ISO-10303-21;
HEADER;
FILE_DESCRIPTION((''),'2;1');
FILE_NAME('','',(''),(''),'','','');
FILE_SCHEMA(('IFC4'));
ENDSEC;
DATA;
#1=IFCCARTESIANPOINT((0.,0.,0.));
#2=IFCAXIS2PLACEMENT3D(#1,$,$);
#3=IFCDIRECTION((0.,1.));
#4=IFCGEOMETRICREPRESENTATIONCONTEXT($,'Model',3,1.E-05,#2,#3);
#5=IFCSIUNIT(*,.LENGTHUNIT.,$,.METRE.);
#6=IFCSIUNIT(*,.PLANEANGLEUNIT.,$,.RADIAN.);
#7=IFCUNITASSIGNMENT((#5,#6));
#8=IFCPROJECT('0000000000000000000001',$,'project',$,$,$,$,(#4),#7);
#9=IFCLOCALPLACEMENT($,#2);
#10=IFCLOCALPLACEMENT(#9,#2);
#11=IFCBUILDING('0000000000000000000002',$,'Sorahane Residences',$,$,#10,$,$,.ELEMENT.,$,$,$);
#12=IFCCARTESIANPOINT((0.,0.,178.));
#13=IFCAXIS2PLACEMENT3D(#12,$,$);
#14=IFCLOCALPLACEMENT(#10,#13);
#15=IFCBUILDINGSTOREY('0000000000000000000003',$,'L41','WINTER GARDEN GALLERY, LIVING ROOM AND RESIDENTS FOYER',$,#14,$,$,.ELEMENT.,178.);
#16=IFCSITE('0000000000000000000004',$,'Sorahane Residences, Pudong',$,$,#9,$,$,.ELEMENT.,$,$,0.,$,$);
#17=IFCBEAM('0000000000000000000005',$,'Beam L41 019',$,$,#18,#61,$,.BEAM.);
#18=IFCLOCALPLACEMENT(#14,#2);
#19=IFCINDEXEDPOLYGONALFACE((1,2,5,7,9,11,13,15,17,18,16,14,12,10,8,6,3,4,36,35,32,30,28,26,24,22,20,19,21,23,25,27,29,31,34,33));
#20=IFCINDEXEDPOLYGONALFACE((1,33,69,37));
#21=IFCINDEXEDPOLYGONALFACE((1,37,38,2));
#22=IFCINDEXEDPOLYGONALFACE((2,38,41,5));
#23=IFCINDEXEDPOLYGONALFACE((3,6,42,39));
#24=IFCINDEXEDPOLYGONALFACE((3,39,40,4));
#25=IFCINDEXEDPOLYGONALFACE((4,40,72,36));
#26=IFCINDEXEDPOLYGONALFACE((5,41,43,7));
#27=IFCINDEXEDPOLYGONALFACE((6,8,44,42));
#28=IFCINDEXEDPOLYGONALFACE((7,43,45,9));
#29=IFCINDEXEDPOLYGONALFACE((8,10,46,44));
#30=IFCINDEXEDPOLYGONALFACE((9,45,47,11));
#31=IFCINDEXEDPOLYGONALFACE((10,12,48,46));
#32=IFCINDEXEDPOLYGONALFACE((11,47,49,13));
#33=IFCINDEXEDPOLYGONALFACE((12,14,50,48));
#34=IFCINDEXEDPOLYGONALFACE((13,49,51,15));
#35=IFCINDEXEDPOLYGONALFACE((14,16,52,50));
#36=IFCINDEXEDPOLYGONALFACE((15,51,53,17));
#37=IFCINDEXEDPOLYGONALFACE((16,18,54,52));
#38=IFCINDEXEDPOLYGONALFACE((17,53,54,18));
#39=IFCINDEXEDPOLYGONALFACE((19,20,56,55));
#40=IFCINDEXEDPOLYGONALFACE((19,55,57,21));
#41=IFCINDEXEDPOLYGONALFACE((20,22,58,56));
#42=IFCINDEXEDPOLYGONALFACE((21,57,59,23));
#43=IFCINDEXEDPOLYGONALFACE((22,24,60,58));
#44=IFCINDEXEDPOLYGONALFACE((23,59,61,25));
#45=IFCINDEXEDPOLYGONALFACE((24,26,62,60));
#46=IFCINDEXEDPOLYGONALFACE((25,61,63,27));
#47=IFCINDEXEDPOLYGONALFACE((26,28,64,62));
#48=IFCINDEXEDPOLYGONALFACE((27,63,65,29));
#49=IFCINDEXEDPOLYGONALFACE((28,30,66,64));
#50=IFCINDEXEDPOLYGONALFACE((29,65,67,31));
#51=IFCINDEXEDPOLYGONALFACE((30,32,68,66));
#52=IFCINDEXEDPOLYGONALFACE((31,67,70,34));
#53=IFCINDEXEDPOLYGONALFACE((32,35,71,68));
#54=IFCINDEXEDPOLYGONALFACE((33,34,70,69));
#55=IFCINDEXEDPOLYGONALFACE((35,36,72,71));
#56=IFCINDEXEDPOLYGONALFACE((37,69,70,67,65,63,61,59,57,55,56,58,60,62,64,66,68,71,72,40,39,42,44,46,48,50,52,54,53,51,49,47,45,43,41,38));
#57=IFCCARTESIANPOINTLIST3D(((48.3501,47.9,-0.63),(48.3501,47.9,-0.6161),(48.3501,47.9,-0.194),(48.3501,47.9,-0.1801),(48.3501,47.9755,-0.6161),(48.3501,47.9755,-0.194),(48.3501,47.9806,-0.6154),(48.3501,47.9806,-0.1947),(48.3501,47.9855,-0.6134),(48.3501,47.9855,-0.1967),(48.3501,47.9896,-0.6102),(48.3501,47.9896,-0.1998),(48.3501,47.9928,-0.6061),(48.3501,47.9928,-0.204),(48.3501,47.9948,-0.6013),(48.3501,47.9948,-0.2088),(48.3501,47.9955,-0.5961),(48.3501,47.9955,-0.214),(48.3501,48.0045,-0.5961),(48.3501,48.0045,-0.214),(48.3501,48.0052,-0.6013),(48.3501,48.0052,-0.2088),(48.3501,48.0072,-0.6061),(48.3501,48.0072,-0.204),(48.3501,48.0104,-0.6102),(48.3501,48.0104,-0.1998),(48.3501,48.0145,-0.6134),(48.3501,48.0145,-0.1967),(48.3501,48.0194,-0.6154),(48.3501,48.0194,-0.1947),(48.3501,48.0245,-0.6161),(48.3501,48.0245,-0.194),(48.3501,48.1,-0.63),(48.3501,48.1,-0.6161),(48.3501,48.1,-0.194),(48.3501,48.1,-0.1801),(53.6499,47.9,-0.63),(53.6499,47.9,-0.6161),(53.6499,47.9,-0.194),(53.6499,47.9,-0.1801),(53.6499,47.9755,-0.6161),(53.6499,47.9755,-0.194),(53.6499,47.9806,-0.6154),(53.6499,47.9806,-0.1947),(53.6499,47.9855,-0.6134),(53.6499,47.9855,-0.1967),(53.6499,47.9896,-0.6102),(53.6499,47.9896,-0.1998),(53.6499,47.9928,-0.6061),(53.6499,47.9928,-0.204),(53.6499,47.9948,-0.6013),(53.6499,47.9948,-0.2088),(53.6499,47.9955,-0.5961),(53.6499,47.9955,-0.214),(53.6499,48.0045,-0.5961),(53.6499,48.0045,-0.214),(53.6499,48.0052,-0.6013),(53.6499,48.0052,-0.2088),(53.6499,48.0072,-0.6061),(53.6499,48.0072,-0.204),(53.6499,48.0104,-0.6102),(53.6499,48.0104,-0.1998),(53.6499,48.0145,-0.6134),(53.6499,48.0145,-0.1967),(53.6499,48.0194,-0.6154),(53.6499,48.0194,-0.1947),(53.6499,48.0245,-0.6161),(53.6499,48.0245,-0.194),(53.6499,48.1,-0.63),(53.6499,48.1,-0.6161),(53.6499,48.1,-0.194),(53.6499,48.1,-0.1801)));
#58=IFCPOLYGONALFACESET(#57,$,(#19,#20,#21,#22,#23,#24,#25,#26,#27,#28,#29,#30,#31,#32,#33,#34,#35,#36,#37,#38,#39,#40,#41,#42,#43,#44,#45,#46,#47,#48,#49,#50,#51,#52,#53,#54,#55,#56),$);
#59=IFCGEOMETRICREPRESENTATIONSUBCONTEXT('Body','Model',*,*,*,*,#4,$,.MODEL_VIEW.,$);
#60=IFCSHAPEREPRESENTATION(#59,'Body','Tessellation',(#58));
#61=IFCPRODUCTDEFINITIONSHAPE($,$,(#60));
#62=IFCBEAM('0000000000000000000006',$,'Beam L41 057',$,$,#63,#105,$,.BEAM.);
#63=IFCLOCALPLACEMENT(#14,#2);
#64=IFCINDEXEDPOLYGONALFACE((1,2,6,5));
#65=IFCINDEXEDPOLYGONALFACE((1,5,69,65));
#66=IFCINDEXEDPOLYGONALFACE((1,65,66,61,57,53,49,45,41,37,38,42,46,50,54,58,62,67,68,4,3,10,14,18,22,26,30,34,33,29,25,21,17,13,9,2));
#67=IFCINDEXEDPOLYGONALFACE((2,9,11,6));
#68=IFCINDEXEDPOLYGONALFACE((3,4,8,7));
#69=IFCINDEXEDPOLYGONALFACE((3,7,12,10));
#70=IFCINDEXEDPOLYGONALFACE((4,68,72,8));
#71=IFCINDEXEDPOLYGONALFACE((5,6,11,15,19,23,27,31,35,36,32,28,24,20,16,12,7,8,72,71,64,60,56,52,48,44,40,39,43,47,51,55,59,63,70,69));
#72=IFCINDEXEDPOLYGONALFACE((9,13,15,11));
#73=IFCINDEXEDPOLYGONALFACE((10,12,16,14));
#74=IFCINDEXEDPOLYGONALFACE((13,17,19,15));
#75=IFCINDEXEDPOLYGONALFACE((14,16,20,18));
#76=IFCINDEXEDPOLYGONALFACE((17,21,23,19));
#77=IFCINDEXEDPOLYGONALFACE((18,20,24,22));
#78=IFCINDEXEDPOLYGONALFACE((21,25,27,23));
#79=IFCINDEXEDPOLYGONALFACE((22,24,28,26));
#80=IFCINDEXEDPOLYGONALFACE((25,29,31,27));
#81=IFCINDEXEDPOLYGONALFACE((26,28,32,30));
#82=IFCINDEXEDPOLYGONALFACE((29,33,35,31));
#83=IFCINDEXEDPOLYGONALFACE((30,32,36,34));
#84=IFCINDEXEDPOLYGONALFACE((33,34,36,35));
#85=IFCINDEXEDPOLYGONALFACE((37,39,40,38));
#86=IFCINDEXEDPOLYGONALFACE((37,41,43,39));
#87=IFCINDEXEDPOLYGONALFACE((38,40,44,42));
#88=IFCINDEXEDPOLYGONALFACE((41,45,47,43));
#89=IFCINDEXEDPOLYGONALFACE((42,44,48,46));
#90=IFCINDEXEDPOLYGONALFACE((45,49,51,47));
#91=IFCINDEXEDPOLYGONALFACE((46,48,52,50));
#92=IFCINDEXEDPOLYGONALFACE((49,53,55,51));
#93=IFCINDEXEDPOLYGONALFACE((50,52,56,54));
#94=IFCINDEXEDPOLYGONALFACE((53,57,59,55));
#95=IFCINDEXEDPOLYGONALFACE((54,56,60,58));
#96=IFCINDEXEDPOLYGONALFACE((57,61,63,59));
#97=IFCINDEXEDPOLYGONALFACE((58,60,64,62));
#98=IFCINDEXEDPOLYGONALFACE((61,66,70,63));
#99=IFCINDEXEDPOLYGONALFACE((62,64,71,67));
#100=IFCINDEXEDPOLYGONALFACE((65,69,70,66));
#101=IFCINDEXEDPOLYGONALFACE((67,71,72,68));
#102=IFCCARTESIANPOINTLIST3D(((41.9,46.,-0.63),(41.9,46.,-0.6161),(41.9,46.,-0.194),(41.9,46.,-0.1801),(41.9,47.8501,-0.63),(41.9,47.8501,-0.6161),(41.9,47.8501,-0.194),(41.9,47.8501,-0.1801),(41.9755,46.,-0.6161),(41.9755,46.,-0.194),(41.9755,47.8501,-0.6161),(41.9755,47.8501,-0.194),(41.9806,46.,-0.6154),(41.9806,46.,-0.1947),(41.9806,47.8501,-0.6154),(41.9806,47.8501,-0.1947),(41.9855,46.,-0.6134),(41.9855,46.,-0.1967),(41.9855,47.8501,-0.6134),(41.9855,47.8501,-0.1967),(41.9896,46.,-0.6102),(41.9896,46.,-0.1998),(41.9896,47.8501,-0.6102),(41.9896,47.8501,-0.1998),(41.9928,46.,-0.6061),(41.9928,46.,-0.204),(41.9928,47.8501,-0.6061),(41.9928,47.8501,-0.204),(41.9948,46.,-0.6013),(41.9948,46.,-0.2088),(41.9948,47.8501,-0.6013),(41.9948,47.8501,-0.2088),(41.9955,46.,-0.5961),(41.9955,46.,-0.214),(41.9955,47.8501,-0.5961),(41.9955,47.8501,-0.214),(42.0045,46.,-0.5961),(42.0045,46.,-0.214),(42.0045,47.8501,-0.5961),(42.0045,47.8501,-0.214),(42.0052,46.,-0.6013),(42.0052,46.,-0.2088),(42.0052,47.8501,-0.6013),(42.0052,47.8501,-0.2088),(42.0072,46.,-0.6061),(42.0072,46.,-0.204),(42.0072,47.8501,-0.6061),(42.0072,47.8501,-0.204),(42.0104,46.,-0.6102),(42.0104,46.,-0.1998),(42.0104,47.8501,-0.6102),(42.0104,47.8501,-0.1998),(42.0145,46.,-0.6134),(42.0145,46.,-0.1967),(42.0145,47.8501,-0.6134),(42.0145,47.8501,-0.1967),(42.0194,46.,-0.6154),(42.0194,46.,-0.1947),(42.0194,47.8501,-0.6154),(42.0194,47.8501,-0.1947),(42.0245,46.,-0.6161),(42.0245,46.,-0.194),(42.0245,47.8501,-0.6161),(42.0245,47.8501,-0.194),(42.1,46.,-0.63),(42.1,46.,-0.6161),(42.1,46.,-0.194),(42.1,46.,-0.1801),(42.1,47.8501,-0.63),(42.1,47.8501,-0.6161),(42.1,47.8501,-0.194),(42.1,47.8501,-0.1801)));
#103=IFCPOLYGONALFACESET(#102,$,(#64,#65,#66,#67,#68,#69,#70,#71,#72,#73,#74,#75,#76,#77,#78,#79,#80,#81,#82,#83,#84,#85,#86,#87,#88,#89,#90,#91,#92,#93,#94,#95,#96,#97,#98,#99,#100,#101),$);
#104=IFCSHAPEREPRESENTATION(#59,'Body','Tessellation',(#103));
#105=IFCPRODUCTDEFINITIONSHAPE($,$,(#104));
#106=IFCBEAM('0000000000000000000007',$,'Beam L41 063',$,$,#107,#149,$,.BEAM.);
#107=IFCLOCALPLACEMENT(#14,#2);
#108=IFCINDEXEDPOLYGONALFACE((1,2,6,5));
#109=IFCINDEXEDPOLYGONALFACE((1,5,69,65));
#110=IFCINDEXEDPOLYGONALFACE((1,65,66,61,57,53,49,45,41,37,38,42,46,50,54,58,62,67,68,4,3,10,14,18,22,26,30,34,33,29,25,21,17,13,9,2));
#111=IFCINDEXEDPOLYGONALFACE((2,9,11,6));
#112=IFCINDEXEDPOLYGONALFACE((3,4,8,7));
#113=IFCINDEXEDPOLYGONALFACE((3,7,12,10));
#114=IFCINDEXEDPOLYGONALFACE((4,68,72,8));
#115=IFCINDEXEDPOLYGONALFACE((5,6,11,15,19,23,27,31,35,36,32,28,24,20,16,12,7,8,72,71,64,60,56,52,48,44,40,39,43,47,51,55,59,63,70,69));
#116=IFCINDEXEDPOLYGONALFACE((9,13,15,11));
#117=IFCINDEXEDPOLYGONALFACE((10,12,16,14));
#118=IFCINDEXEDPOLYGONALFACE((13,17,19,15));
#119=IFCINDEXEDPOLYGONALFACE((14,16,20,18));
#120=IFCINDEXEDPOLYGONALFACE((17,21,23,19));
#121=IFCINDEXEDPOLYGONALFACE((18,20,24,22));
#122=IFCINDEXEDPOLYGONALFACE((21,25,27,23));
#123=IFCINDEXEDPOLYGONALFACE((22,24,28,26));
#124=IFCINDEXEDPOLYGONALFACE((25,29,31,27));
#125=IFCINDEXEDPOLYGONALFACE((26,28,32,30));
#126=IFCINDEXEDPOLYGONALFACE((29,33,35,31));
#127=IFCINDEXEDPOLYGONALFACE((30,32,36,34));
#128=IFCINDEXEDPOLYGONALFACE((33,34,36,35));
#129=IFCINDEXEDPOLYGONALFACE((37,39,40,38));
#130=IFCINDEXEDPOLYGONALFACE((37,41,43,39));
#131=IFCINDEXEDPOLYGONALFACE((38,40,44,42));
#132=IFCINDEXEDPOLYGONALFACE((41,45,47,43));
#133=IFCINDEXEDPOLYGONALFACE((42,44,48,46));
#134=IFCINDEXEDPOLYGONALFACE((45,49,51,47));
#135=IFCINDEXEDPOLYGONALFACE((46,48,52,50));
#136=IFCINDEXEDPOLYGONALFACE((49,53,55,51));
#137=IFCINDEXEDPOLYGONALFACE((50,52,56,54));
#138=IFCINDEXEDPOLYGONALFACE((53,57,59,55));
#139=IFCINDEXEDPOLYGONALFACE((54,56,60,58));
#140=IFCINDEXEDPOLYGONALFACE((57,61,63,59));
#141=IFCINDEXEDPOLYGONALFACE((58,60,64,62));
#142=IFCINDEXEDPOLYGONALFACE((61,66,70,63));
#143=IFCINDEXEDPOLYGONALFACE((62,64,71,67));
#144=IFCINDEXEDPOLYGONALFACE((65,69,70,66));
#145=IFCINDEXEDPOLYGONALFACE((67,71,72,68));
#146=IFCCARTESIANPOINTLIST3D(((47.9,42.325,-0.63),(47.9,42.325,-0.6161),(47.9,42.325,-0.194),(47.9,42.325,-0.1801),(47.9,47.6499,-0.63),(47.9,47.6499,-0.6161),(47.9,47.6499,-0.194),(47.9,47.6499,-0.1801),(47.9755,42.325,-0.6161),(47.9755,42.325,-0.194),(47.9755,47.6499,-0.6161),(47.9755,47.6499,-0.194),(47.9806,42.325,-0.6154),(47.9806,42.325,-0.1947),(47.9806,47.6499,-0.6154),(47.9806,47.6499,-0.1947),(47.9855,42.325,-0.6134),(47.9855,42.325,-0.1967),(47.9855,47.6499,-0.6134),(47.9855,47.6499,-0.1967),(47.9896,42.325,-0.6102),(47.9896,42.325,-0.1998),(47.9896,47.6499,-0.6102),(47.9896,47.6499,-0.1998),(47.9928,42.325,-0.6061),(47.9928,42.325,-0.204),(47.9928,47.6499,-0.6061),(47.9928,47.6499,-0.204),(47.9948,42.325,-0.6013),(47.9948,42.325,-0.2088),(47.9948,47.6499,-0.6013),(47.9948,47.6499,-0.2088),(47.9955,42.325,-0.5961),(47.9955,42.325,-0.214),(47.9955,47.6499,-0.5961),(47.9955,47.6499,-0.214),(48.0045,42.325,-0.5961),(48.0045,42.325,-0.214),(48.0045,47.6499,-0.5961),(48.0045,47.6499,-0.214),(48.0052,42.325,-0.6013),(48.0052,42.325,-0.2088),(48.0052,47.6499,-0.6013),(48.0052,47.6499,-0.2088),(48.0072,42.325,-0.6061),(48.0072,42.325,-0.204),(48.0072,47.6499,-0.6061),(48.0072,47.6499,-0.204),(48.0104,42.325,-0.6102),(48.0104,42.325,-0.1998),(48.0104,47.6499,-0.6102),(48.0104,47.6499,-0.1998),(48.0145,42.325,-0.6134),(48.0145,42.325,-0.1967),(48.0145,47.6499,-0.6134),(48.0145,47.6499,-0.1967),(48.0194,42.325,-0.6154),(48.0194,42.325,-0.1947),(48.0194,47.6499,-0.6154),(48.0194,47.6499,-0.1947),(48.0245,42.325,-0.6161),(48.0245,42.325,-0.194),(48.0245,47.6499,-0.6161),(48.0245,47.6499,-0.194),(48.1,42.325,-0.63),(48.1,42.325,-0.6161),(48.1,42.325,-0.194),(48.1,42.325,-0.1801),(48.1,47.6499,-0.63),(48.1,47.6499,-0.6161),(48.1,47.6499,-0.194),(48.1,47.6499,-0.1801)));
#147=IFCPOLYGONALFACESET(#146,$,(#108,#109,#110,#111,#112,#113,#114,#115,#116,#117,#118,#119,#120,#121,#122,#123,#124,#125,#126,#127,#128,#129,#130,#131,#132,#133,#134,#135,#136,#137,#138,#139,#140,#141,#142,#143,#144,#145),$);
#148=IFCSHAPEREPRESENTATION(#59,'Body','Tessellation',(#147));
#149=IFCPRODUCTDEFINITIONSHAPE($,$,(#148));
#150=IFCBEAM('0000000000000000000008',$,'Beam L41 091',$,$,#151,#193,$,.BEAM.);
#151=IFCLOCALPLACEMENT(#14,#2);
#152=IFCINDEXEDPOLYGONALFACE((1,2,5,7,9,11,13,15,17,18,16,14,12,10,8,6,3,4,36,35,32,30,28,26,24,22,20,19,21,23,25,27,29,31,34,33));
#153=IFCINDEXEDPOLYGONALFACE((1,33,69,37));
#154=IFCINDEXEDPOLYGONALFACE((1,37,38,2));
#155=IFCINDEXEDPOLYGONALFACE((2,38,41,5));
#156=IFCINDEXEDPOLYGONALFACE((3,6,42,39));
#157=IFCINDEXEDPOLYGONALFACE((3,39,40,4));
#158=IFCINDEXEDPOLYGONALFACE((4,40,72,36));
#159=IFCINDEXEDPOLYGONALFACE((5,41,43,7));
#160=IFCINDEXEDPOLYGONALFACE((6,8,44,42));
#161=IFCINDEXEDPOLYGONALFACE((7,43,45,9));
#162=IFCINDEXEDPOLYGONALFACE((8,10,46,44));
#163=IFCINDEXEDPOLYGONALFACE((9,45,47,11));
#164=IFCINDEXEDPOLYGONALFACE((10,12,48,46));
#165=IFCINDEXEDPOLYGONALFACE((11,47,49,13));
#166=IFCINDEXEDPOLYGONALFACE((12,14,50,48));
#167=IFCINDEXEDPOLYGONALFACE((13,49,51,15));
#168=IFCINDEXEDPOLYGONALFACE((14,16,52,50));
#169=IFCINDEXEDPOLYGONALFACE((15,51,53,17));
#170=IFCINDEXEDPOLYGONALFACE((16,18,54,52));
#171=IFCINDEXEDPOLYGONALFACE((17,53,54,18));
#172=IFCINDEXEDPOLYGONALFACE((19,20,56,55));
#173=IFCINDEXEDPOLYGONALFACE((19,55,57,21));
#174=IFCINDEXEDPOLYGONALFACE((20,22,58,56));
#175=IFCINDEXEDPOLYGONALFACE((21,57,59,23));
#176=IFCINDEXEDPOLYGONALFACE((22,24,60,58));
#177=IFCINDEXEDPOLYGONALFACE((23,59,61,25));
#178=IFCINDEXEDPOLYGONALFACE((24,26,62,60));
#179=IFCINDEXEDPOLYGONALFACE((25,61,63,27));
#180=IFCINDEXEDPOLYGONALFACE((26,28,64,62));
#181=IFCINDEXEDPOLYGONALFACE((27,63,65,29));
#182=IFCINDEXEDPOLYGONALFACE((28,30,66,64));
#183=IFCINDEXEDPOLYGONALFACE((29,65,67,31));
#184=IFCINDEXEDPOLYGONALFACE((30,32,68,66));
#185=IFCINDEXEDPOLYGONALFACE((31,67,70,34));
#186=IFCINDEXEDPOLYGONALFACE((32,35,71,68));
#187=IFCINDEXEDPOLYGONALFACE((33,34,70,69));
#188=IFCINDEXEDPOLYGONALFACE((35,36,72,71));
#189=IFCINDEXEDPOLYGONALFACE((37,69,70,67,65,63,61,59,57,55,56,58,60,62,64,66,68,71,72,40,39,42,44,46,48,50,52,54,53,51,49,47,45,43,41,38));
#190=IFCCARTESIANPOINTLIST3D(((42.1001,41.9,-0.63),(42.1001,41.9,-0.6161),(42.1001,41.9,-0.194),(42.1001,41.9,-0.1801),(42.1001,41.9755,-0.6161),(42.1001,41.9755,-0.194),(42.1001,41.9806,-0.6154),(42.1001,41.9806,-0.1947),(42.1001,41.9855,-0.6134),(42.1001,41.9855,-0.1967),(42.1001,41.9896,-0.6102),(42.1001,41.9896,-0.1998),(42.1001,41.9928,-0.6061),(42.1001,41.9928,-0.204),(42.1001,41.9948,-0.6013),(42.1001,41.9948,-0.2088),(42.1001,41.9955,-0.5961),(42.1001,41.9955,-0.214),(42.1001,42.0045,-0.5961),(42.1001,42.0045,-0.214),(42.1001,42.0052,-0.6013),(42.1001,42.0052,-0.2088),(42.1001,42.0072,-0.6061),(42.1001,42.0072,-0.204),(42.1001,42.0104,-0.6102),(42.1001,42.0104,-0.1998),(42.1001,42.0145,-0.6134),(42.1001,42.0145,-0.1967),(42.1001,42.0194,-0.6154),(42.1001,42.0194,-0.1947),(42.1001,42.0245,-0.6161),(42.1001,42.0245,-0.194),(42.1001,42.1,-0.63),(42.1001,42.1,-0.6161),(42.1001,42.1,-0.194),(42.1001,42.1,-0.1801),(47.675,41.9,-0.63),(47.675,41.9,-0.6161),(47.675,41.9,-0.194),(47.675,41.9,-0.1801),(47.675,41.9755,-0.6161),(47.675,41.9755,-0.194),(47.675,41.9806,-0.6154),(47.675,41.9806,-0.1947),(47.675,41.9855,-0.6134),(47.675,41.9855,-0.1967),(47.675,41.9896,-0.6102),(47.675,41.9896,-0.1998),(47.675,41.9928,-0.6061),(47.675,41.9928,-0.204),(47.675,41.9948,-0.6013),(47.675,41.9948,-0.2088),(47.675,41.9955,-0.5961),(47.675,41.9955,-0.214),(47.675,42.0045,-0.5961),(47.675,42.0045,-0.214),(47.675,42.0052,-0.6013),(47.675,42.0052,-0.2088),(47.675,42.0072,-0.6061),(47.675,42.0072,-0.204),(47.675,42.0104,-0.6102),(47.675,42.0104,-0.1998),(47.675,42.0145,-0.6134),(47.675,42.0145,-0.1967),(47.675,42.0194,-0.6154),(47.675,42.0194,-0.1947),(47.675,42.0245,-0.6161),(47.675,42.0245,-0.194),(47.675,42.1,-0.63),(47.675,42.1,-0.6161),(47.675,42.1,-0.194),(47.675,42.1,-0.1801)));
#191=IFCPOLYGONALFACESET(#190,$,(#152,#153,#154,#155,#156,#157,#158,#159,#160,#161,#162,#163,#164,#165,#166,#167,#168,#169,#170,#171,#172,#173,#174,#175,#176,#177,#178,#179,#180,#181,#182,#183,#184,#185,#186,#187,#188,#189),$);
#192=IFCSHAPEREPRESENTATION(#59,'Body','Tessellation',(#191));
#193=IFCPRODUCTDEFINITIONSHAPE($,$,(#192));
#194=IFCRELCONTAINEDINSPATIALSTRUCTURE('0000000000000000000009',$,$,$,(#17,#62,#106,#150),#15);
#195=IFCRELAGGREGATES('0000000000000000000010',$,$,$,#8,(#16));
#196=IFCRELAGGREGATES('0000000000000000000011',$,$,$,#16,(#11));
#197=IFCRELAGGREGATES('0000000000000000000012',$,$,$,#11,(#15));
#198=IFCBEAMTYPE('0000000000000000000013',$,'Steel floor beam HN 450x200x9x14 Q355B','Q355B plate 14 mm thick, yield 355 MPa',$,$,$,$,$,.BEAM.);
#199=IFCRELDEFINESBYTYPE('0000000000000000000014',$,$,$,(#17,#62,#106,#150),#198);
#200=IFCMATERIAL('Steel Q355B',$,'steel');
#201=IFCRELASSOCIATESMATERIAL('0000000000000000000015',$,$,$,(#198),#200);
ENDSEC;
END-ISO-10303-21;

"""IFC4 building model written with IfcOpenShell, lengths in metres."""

from ifc_helpers import new_model, si_unit, direction, frame, origin, origin_2d, place, context, subcontext, project, spatial, i_section, extrude, material, material_profile, profile_set, type_object, element, save


model = new_model("IFC4")

# Units and contexts
model_context = context("Model", 3, precision=1e-05, world=origin(), true_north=direction((0.0, 1.0)))
body_context = subcontext(model_context, "Body", "Model", "MODEL_VIEW")
ifc_project = project(units=[si_unit("LENGTHUNIT", "METRE"), si_unit("PLANEANGLEUNIT", "RADIAN")], contexts=[model_context])

# Site, building, storey
site_placement = place(None, origin())
site = spatial("IfcSite", under=ifc_project, at=site_placement, Name="Sorahane Residences, Pudong", CompositionType="ELEMENT", RefElevation=0.0)
building_placement = place(site_placement, origin())
building = spatial("IfcBuilding", under=site, at=building_placement, Name="Sorahane Residences", CompositionType="ELEMENT")
storey_placement = place(building_placement, frame((0.0, 0.0, 178.0)))
storey = spatial("IfcBuildingStorey", under=building, at=storey_placement, Name="L41", Description="WINTER GARDEN GALLERY, LIVING ROOM AND RESIDENTS FOYER", CompositionType="ELEMENT", Elevation=178.0)

# Beams
ifc_material_1 = material(Name="Steel Q355B", Category="steel")
ifc_material_profile_1 = material_profile(ifc_material_1, i_section(OverallWidth=0.2, OverallDepth=0.45, WebThickness=0.009, FlangeThickness=0.0139, FilletRadius=0.02, at=origin_2d()), Name="HN 450x200x9x14")
ifc_profile_set_1 = profile_set([ifc_material_profile_1], Name="Steel Q355B")
beam_type_1 = type_object("IfcBeamType", Name="Steel floor beam HN 450x200x9x14 Q355B", Description="Q355B plate 14 mm thick, yield 355 MPa", PredefinedType="BEAM", material=ifc_profile_set_1)
beam_1_placement = place(storey_placement, frame((48.3501, 48.0, -0.405), z_axis=(1.0, 0.0, 0.0), x_axis=(0.0, 1.0, 0.0)))
element("IfcBeam", 1, at=beam_1_placement, inside=storey, type_object=beam_type_1, Name="Beam L41 019", PredefinedType="BEAM", context=body_context, shape_type="SweptSolid", body=[
    extrude(i_section(OverallWidth=0.2, OverallDepth=0.45, WebThickness=0.009, FlangeThickness=0.0139, FilletRadius=0.02, at=origin_2d()), origin(), (0.0, 0.0, 1.0), 5.2998),
])
beam_2_placement = place(storey_placement, frame((42.0, 46.0, -0.405), z_axis=(0.0, 1.0, 0.0), x_axis=(-1.0, 0.0, 0.0)))
element("IfcBeam", 2, at=beam_2_placement, inside=storey, type_object=beam_type_1, Name="Beam L41 057", PredefinedType="BEAM", context=body_context, shape_type="SweptSolid", body=[
    extrude(i_section(OverallWidth=0.2, OverallDepth=0.45, WebThickness=0.009, FlangeThickness=0.0139, FilletRadius=0.02, at=origin_2d()), origin(), (0.0, 0.0, 1.0), 1.8501),
])
beam_3_placement = place(storey_placement, frame((48.0, 42.325, -0.405), z_axis=(0.0, 1.0, 0.0), x_axis=(-1.0, 0.0, 0.0)))
element("IfcBeam", 3, at=beam_3_placement, inside=storey, type_object=beam_type_1, Name="Beam L41 063", PredefinedType="BEAM", context=body_context, shape_type="SweptSolid", body=[
    extrude(i_section(OverallWidth=0.2, OverallDepth=0.45, WebThickness=0.009, FlangeThickness=0.0139, FilletRadius=0.02, at=origin_2d()), origin(), (0.0, 0.0, 1.0), 5.325),
])
beam_4_placement = place(storey_placement, frame((42.1001, 42.0, -0.405), z_axis=(1.0, 0.0, 0.0), x_axis=(0.0, 1.0, 0.0)))
element("IfcBeam", 4, at=beam_4_placement, inside=storey, type_object=beam_type_1, Name="Beam L41 091", PredefinedType="BEAM", context=body_context, shape_type="SweptSolid", body=[
    extrude(i_section(OverallWidth=0.2, OverallDepth=0.45, WebThickness=0.009, FlangeThickness=0.0139, FilletRadius=0.02, at=origin_2d()), origin(), (0.0, 0.0, 1.0), 5.575),
])

save(model, "model.ifc")
